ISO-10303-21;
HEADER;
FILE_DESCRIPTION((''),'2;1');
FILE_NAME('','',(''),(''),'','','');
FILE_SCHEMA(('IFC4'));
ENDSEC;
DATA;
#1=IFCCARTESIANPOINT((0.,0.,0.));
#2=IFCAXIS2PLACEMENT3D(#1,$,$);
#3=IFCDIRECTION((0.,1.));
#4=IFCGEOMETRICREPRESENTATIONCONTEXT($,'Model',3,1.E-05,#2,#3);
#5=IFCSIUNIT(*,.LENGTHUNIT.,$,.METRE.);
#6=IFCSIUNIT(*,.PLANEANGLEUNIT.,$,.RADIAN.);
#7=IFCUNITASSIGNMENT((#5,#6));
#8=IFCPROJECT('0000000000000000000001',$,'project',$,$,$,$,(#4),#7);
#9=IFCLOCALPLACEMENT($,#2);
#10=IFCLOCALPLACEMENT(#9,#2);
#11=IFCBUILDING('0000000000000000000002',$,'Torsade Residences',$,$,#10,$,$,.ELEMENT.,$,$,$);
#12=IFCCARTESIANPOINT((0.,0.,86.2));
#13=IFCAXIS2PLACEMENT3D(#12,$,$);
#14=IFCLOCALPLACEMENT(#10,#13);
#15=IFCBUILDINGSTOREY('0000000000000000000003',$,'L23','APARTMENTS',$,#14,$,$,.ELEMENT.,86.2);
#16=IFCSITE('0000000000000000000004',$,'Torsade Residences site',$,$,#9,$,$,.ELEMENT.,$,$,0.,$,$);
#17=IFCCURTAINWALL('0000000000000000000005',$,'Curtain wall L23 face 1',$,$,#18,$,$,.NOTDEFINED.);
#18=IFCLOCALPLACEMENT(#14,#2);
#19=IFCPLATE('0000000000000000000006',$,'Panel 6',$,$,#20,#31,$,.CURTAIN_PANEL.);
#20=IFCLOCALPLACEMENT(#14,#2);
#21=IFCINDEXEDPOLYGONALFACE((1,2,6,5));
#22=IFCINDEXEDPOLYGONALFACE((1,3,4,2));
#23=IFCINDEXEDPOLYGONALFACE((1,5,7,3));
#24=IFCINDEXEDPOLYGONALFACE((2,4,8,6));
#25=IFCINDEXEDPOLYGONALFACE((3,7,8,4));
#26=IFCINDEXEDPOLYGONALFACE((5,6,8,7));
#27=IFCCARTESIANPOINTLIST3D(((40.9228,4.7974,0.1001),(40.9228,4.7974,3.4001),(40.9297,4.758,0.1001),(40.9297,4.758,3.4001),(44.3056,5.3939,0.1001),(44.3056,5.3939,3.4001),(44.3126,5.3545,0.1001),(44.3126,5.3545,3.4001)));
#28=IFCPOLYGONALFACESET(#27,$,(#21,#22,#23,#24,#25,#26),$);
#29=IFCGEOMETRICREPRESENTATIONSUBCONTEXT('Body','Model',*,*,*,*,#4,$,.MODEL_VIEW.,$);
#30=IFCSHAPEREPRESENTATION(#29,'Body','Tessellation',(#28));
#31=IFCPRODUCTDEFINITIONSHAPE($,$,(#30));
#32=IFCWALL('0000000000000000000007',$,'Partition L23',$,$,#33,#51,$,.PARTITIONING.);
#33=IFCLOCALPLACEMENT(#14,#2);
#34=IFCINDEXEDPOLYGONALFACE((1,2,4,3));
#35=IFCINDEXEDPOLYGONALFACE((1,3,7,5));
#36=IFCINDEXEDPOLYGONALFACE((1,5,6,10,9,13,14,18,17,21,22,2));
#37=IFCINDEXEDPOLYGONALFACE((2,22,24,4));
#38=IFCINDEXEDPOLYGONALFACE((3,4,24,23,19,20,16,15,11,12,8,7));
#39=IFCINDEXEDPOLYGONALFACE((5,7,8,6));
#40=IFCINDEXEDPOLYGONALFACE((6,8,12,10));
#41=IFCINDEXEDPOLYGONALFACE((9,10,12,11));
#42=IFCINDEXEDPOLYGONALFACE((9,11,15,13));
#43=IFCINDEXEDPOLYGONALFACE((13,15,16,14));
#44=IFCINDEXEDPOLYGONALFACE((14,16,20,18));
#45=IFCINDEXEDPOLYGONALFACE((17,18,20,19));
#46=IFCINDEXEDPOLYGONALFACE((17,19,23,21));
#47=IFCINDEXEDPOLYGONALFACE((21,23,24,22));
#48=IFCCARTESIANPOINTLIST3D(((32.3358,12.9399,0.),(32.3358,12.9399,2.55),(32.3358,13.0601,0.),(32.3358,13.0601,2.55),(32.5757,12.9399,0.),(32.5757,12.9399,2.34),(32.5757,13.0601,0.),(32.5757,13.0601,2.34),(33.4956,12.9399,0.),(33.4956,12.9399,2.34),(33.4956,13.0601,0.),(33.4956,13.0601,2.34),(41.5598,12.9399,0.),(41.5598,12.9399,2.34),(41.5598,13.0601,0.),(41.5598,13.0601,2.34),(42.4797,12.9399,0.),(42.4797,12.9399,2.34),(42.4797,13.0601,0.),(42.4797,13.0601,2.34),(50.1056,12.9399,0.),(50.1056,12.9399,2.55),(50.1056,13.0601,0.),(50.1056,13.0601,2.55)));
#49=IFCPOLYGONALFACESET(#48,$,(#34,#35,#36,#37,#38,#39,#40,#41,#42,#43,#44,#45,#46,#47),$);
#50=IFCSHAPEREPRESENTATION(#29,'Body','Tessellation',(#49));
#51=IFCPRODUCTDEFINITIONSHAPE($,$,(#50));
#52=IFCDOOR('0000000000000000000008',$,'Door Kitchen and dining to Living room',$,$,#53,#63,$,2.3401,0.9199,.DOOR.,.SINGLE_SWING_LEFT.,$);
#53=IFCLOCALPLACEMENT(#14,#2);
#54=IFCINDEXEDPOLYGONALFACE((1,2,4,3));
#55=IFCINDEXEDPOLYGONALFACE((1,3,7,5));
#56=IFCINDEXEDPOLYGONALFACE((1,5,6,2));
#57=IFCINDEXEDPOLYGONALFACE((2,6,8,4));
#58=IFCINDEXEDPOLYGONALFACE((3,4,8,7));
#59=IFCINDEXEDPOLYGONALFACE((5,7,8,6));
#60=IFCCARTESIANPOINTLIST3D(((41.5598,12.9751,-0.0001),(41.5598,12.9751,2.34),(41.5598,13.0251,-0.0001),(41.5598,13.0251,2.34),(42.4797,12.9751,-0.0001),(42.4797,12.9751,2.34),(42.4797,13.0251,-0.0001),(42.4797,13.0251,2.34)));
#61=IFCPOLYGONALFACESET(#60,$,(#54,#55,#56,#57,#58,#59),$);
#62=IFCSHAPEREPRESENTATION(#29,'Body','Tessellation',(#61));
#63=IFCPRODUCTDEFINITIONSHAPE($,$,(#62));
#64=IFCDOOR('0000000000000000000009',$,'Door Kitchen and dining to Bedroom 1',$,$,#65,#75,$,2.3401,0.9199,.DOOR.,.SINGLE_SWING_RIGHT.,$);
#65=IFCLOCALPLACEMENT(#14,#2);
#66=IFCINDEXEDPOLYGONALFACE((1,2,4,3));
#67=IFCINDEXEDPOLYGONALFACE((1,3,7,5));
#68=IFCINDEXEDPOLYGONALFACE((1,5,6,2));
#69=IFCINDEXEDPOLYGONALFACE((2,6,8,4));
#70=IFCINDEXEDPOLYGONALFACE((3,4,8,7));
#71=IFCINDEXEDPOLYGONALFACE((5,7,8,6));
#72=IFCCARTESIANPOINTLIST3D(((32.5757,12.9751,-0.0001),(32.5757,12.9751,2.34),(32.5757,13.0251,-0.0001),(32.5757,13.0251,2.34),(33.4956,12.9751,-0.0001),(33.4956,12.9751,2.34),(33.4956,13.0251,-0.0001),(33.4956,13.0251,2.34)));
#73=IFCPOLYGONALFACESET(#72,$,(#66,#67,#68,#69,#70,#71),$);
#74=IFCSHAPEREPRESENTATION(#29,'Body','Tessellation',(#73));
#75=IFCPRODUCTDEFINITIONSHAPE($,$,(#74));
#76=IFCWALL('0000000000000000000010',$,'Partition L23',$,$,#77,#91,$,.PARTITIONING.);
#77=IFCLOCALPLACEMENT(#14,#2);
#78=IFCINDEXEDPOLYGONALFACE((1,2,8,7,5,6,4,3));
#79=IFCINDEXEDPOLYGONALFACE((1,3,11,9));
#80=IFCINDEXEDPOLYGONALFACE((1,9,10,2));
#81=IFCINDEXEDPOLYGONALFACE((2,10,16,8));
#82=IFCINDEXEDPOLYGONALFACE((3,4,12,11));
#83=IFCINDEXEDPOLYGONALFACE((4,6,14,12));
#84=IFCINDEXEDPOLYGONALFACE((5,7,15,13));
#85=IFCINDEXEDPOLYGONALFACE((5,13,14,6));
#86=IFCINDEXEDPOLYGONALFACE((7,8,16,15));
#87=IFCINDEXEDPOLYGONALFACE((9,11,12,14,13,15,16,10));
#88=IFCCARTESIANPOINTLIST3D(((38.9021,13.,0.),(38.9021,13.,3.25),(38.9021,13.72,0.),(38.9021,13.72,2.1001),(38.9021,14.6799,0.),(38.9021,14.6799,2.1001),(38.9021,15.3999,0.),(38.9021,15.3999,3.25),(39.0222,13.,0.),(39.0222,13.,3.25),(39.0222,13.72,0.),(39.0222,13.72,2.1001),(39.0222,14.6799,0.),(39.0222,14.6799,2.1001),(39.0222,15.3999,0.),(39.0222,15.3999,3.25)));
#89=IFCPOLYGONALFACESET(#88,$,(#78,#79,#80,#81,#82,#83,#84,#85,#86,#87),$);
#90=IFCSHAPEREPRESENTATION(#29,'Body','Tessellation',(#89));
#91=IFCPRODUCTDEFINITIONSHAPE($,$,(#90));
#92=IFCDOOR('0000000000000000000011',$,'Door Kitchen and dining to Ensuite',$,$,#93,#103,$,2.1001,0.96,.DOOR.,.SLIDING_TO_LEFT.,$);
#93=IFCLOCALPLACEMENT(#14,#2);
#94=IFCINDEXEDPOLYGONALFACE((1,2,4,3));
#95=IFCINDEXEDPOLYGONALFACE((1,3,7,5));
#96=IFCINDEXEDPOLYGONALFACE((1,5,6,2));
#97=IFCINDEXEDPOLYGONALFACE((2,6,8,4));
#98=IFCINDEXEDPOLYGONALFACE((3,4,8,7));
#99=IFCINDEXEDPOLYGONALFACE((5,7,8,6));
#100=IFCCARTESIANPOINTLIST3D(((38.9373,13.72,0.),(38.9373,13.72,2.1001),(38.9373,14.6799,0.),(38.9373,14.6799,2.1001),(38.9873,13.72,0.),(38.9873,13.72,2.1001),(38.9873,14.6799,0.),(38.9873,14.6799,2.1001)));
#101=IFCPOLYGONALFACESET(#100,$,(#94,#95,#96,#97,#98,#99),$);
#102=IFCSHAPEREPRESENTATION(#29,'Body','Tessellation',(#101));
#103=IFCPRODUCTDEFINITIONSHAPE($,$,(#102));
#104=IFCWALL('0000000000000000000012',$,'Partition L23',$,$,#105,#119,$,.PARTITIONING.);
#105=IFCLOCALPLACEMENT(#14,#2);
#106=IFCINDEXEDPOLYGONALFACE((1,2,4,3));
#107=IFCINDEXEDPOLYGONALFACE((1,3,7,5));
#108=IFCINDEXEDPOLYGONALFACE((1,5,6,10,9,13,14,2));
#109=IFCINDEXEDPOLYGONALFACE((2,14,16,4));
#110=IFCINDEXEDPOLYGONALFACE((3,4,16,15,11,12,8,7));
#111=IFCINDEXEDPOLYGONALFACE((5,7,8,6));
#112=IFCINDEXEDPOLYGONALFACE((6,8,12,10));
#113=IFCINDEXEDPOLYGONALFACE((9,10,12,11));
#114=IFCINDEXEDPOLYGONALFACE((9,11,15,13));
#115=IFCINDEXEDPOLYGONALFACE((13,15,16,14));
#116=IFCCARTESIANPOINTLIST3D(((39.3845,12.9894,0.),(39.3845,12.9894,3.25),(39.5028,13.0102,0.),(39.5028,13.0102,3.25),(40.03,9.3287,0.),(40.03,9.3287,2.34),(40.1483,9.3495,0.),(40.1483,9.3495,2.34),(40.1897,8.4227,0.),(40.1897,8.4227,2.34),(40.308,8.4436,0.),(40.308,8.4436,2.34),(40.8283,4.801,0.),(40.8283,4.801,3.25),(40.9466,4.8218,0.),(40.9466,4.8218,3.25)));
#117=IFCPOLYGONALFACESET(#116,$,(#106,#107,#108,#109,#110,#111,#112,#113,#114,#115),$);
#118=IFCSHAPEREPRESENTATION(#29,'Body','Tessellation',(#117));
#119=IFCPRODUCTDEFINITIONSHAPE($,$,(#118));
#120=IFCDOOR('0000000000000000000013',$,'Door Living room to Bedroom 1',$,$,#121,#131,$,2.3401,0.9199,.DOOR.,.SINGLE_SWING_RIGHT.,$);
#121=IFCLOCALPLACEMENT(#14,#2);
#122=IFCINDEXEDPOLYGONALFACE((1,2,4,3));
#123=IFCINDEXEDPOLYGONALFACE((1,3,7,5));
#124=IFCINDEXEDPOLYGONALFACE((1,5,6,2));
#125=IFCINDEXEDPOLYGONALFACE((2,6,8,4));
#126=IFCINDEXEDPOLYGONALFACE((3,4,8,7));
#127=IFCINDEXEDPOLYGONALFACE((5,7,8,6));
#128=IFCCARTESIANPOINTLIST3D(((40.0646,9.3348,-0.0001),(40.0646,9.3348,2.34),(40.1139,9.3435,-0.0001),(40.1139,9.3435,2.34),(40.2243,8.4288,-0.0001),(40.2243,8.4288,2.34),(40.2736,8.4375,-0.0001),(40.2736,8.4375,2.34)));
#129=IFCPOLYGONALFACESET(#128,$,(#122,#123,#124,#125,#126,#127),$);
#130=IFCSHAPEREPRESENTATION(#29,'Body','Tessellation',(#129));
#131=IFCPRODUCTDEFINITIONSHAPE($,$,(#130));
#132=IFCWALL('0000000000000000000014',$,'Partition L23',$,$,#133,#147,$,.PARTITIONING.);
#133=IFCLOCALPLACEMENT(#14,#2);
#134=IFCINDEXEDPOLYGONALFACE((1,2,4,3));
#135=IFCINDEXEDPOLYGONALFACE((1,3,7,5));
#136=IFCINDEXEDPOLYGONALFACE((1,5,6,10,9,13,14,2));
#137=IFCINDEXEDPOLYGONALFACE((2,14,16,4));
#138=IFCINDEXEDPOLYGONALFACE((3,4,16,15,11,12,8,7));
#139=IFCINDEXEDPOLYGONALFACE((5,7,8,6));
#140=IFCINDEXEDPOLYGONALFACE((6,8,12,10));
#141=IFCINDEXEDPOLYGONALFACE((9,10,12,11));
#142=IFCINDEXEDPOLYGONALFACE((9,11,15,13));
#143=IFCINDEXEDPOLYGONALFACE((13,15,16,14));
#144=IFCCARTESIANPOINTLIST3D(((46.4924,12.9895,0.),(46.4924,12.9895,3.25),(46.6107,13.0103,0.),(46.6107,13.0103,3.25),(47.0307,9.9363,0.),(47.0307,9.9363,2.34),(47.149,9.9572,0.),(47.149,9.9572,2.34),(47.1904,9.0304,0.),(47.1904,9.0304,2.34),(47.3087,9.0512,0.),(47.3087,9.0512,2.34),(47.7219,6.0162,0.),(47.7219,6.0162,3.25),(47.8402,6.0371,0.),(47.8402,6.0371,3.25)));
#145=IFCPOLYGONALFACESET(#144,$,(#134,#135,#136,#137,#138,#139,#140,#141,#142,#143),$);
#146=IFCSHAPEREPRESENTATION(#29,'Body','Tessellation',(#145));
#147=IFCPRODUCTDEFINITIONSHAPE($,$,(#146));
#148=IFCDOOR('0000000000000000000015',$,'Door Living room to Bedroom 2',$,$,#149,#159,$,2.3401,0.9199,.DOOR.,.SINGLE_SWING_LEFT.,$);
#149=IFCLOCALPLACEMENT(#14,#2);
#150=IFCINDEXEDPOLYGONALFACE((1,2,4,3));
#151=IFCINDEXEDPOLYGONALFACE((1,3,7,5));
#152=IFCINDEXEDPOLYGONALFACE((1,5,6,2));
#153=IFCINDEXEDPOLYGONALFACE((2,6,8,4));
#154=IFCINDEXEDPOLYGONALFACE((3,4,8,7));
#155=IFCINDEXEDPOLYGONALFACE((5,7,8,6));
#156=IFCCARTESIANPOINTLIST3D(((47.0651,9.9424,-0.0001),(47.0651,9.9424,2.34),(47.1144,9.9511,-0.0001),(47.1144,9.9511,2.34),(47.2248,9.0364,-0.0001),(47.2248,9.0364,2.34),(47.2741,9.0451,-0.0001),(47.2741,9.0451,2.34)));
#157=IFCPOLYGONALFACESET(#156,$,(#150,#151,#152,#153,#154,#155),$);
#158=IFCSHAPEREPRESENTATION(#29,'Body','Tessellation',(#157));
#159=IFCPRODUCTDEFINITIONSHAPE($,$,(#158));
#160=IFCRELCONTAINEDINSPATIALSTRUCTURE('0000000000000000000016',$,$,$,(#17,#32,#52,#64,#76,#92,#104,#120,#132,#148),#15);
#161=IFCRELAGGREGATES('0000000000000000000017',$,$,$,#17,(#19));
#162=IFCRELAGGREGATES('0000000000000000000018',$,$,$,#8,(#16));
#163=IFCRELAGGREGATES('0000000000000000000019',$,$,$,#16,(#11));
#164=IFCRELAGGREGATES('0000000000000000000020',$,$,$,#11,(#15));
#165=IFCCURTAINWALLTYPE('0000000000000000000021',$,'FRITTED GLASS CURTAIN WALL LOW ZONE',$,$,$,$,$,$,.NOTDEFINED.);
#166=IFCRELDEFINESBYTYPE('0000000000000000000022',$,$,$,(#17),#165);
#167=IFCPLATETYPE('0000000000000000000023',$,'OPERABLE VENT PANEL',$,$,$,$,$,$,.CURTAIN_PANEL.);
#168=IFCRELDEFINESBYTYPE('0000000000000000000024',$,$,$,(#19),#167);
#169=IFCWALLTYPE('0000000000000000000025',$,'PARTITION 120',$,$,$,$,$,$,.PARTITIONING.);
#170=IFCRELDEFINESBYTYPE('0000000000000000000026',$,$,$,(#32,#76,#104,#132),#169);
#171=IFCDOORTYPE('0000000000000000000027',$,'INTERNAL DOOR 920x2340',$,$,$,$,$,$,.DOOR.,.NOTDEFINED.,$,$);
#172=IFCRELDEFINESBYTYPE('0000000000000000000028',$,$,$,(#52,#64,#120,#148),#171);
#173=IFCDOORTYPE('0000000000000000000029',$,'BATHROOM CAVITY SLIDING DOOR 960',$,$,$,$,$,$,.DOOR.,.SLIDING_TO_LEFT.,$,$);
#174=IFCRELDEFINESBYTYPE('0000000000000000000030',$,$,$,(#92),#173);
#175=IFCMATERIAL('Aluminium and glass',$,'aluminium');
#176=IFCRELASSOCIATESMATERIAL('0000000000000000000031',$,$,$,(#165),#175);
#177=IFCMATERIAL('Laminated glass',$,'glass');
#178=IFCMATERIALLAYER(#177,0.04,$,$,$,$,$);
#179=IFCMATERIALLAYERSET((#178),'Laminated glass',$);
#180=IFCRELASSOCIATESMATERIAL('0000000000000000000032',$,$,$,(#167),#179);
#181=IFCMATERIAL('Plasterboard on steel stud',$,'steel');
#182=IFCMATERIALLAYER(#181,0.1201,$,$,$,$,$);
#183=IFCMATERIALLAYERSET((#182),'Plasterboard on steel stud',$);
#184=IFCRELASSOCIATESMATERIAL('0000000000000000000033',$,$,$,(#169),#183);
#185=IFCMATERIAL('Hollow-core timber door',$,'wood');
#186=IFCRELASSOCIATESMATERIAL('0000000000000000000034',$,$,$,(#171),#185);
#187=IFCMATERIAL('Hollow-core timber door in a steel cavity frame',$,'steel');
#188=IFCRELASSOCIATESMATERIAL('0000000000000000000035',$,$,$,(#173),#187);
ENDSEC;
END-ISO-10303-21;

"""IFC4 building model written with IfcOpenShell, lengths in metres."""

from ifc_helpers import new_model, si_unit, direction, frame, frame_2d, origin, origin_2d, place, context, subcontext, project, spatial, rectangle, extrude, material, layer, layer_set, type_object, element, fill, aggregate, save


model = new_model("IFC4")

# Units and contexts
model_context = context("Model", 3, precision=1e-05, world=origin(), true_north=direction((0.0, 1.0)))
body_context = subcontext(model_context, "Body", "Model", "MODEL_VIEW")
ifc_project = project(units=[si_unit("LENGTHUNIT", "METRE"), si_unit("PLANEANGLEUNIT", "RADIAN")], contexts=[model_context])

# Site, building, storey
site_placement = place(None, origin())
site = spatial("IfcSite", under=ifc_project, at=site_placement, Name="Torsade Residences site", CompositionType="ELEMENT", RefElevation=0.0)
building_placement = place(site_placement, origin())
building = spatial("IfcBuilding", under=site, at=building_placement, Name="Torsade Residences", CompositionType="ELEMENT")
storey_placement = place(building_placement, frame((0.0, 0.0, 86.2)))
storey = spatial("IfcBuildingStorey", under=building, at=storey_placement, Name="L23", Description="APARTMENTS", CompositionType="ELEMENT", Elevation=86.2)

# Curtain wall
ifc_material_1 = material(Name="Aluminium and glass", Category="aluminium")
curtain_wall_type = type_object("IfcCurtainWallType", Name="FRITTED GLASS CURTAIN WALL LOW ZONE", PredefinedType="NOTDEFINED", material=ifc_material_1)
curtain_wall_placement = place(storey_placement, origin())
curtain_wall = element("IfcCurtainWall", 1, at=curtain_wall_placement, inside=storey, type_object=curtain_wall_type, Name="Curtain wall L23 face 1", PredefinedType="NOTDEFINED")

# Plate
ifc_material_2 = material(Name="Laminated glass", Category="glass")
ifc_layer_1 = layer(ifc_material_2, 0.04)
ifc_layer_set_1 = layer_set([ifc_layer_1], Name="Laminated glass")
plate_type_1 = type_object("IfcPlateType", Name="OPERABLE VENT PANEL", PredefinedType="CURTAIN_PANEL", material=ifc_layer_set_1)
plate_1_placement = place(storey_placement, frame((42.6177, 5.0759, 0.1001), z_axis=(0.0, 0.0, 1.0), x_axis=(0.984808, 0.173648, 0.0)))
plate_1 = element("IfcPlate", 2, at=plate_1_placement, type_object=plate_type_1, Name="Panel 6", PredefinedType="CURTAIN_PANEL", context=body_context, shape_type="SweptSolid", body=[
    extrude(rectangle(XDim=3.4351, YDim=0.04, at=origin_2d()), origin(), (0.0, 0.0, 1.0), 3.3),
])
aggregate(curtain_wall, [plate_1])

# Wall, openings, doors
ifc_material_3 = material(Name="Plasterboard on steel stud", Category="steel")
ifc_layer_2 = layer(ifc_material_3, 0.1201)
ifc_layer_set_2 = layer_set([ifc_layer_2], Name="Plasterboard on steel stud")
wall_type_1 = type_object("IfcWallType", Name="PARTITION 120", PredefinedType="PARTITIONING", material=ifc_layer_set_2)
wall_1_placement = place(storey_placement, frame((50.1055, 13.0, 0.0), z_axis=(0.0, 0.0, 1.0), x_axis=(-1.0, 0.0, 0.0)))
wall_1 = element("IfcWall", 3, at=wall_1_placement, inside=storey, type_object=wall_type_1, Name="Partition L23", PredefinedType="PARTITIONING", context=body_context, shape_type="SweptSolid", body=[
    extrude(rectangle(XDim=17.7698, YDim=0.1201, at=frame_2d((8.8848, 0.0))), origin(), (0.0, 0.0, 1.0), 2.55),
])
opening_1_placement = place(wall_1_placement, frame((7.6257, 0.0, 0.0)))
opening_1 = element("IfcOpeningElement", 4, at=opening_1_placement, cuts=wall_1, PredefinedType="OPENING", context=body_context, shape_type="SweptSolid", body=[
    extrude(rectangle(XDim=0.9199, YDim=2.3401, at=frame_2d((0.46, 1.1699))), frame((0.0, 0.0701, 0.0), z_axis=(0.0, -1.0, 0.0), x_axis=(1.0, 0.0, 0.0)), (0.0, 0.0, 1.0), 0.1401),
])
opening_2_placement = place(wall_1_placement, frame((16.6099, 0.0, 0.0)))
opening_2 = element("IfcOpeningElement", 5, at=opening_2_placement, cuts=wall_1, PredefinedType="OPENING", context=body_context, shape_type="SweptSolid", body=[
    extrude(rectangle(XDim=0.9199, YDim=2.3401, at=frame_2d((0.46, 1.1699))), frame((0.0, 0.0701, 0.0), z_axis=(0.0, -1.0, 0.0), x_axis=(1.0, 0.0, 0.0)), (0.0, 0.0, 1.0), 0.1401),
])
ifc_material_4 = material(Name="Hollow-core timber door", Category="wood")
door_type_1 = type_object("IfcDoorType", Name="INTERNAL DOOR 920x2340", OperationType="NOTDEFINED", PredefinedType="DOOR", material=ifc_material_4)
door_1_placement = place(opening_1_placement, origin())
door_1 = element("IfcDoor", 6, at=door_1_placement, inside=storey, type_object=door_type_1, Name="Door Kitchen and dining to Living room", OperationType="SINGLE_SWING_LEFT", OverallHeight=2.3401, OverallWidth=0.9199, PredefinedType="DOOR", context=body_context, shape_type="SweptSolid", body=[
    extrude(rectangle(XDim=0.9199, YDim=2.3401, at=frame_2d((0.46, 1.1699))), frame((0.0, 0.0249, 0.0), z_axis=(0.0, -1.0, 0.0), x_axis=(1.0, 0.0, 0.0)), (0.0, 0.0, 1.0), 0.05),
])
fill(opening_1, door_1)
door_2_placement = place(opening_2_placement, origin())
door_2 = element("IfcDoor", 7, at=door_2_placement, inside=storey, type_object=door_type_1, Name="Door Kitchen and dining to Bedroom 1", OperationType="SINGLE_SWING_RIGHT", OverallHeight=2.3401, OverallWidth=0.9199, PredefinedType="DOOR", context=body_context, shape_type="SweptSolid", body=[
    extrude(rectangle(XDim=0.9199, YDim=2.3401, at=frame_2d((0.46, 1.1699))), frame((0.0, 0.0249, 0.0), z_axis=(0.0, -1.0, 0.0), x_axis=(1.0, 0.0, 0.0)), (0.0, 0.0, 1.0), 0.05),
])
fill(opening_2, door_2)

# Walls, openings, doors
wall_2_placement = place(storey_placement, frame((38.9622, 13.0, 0.0), z_axis=(0.0, 0.0, 1.0), x_axis=(0.0, 1.0, 0.0)))
wall_2 = element("IfcWall", 8, at=wall_2_placement, inside=storey, type_object=wall_type_1, Name="Partition L23", PredefinedType="PARTITIONING", context=body_context, shape_type="SweptSolid", body=[
    extrude(rectangle(XDim=2.3999, YDim=0.1201, at=frame_2d((1.2, 0.0))), origin(), (0.0, 0.0, 1.0), 3.25),
])
opening_3_placement = place(wall_2_placement, frame((0.72, 0.0, 0.0)))
opening_3 = element("IfcOpeningElement", 9, at=opening_3_placement, cuts=wall_2, PredefinedType="OPENING", context=body_context, shape_type="SweptSolid", body=[
    extrude(rectangle(XDim=0.96, YDim=2.1001, at=frame_2d((0.48, 1.05))), frame((0.0, 0.0701, 0.0), z_axis=(0.0, -1.0, 0.0), x_axis=(1.0, 0.0, 0.0)), (0.0, 0.0, 1.0), 0.1401),
])
ifc_material_5 = material(Name="Hollow-core timber door in a steel cavity frame", Category="steel")
door_type_2 = type_object("IfcDoorType", Name="BATHROOM CAVITY SLIDING DOOR 960", OperationType="SLIDING_TO_LEFT", PredefinedType="DOOR", material=ifc_material_5)
door_3_placement = place(opening_3_placement, origin())
door_3 = element("IfcDoor", 10, at=door_3_placement, inside=storey, type_object=door_type_2, Name="Door Kitchen and dining to Ensuite", OperationType="SLIDING_TO_LEFT", OverallHeight=2.1001, OverallWidth=0.96, PredefinedType="DOOR", context=body_context, shape_type="SweptSolid", body=[
    extrude(rectangle(XDim=0.96, YDim=2.1001, at=frame_2d((0.48, 1.05))), frame((0.0, 0.0249, 0.0), z_axis=(0.0, -1.0, 0.0), x_axis=(1.0, 0.0, 0.0)), (0.0, 0.0, 1.0), 0.05),
])
fill(opening_3, door_3)
wall_3_placement = place(storey_placement, frame((40.8875, 4.8115, 0.0), z_axis=(0.0, 0.0, 1.0), x_axis=(-0.173648, 0.984808, 0.0)))
wall_3 = element("IfcWall", 11, at=wall_3_placement, inside=storey, type_object=wall_type_1, Name="Partition L23", PredefinedType="PARTITIONING", context=body_context, shape_type="SweptSolid", body=[
    extrude(rectangle(XDim=8.3147, YDim=0.1201, at=frame_2d((4.1572, 0.0))), origin(), (0.0, 0.0, 1.0), 3.25),
])
opening_4_placement = place(wall_3_placement, frame((3.6775, 0.0, 0.0)))
opening_4 = element("IfcOpeningElement", 12, at=opening_4_placement, cuts=wall_3, PredefinedType="OPENING", context=body_context, shape_type="SweptSolid", body=[
    extrude(rectangle(XDim=0.9199, YDim=2.3401, at=frame_2d((0.46, 1.1699))), frame((0.0, 0.0701, 0.0), z_axis=(0.0, -1.0, 0.0), x_axis=(1.0, 0.0, 0.0)), (0.0, 0.0, 1.0), 0.1401),
])
door_4_placement = place(opening_4_placement, origin())
door_4 = element("IfcDoor", 13, at=door_4_placement, inside=storey, type_object=door_type_1, Name="Door Living room to Bedroom 1", OperationType="SINGLE_SWING_RIGHT", OverallHeight=2.3401, OverallWidth=0.9199, PredefinedType="DOOR", context=body_context, shape_type="SweptSolid", body=[
    extrude(rectangle(XDim=0.9199, YDim=2.3401, at=frame_2d((0.46, 1.1699))), frame((0.0, 0.0249, 0.0), z_axis=(0.0, -1.0, 0.0), x_axis=(1.0, 0.0, 0.0)), (0.0, 0.0, 1.0), 0.05),
])
fill(opening_4, door_4)
wall_4_placement = place(storey_placement, frame((46.5515, 13.0, 0.0), z_axis=(0.0, 0.0, 1.0), x_axis=(0.17364, -0.984809, 0.0)))
wall_4 = element("IfcWall", 14, at=wall_4_placement, inside=storey, type_object=wall_type_1, Name="Partition L23", PredefinedType="PARTITIONING", context=body_context, shape_type="SweptSolid", body=[
    extrude(rectangle(XDim=7.0808, YDim=0.1201, at=frame_2d((3.5405, 0.0))), origin(), (0.0, 0.0, 1.0), 3.25),
])
opening_5_placement = place(wall_4_placement, frame((3.1003, 0.0, 0.0)))
opening_5 = element("IfcOpeningElement", 15, at=opening_5_placement, cuts=wall_4, PredefinedType="OPENING", context=body_context, shape_type="SweptSolid", body=[
    extrude(rectangle(XDim=0.9199, YDim=2.3401, at=frame_2d((0.46, 1.1699))), frame((0.0, 0.0701, 0.0), z_axis=(0.0, -1.0, 0.0), x_axis=(1.0, 0.0, 0.0)), (0.0, 0.0, 1.0), 0.1401),
])
door_5_placement = place(opening_5_placement, origin())
door_5 = element("IfcDoor", 16, at=door_5_placement, inside=storey, type_object=door_type_1, Name="Door Living room to Bedroom 2", OperationType="SINGLE_SWING_LEFT", OverallHeight=2.3401, OverallWidth=0.9199, PredefinedType="DOOR", context=body_context, shape_type="SweptSolid", body=[
    extrude(rectangle(XDim=0.9199, YDim=2.3401, at=frame_2d((0.46, 1.1699))), frame((0.0, 0.0249, 0.0), z_axis=(0.0, -1.0, 0.0), x_axis=(1.0, 0.0, 0.0)), (0.0, 0.0, 1.0), 0.05),
])
fill(opening_5, door_5)

save(model, "model.ifc")
